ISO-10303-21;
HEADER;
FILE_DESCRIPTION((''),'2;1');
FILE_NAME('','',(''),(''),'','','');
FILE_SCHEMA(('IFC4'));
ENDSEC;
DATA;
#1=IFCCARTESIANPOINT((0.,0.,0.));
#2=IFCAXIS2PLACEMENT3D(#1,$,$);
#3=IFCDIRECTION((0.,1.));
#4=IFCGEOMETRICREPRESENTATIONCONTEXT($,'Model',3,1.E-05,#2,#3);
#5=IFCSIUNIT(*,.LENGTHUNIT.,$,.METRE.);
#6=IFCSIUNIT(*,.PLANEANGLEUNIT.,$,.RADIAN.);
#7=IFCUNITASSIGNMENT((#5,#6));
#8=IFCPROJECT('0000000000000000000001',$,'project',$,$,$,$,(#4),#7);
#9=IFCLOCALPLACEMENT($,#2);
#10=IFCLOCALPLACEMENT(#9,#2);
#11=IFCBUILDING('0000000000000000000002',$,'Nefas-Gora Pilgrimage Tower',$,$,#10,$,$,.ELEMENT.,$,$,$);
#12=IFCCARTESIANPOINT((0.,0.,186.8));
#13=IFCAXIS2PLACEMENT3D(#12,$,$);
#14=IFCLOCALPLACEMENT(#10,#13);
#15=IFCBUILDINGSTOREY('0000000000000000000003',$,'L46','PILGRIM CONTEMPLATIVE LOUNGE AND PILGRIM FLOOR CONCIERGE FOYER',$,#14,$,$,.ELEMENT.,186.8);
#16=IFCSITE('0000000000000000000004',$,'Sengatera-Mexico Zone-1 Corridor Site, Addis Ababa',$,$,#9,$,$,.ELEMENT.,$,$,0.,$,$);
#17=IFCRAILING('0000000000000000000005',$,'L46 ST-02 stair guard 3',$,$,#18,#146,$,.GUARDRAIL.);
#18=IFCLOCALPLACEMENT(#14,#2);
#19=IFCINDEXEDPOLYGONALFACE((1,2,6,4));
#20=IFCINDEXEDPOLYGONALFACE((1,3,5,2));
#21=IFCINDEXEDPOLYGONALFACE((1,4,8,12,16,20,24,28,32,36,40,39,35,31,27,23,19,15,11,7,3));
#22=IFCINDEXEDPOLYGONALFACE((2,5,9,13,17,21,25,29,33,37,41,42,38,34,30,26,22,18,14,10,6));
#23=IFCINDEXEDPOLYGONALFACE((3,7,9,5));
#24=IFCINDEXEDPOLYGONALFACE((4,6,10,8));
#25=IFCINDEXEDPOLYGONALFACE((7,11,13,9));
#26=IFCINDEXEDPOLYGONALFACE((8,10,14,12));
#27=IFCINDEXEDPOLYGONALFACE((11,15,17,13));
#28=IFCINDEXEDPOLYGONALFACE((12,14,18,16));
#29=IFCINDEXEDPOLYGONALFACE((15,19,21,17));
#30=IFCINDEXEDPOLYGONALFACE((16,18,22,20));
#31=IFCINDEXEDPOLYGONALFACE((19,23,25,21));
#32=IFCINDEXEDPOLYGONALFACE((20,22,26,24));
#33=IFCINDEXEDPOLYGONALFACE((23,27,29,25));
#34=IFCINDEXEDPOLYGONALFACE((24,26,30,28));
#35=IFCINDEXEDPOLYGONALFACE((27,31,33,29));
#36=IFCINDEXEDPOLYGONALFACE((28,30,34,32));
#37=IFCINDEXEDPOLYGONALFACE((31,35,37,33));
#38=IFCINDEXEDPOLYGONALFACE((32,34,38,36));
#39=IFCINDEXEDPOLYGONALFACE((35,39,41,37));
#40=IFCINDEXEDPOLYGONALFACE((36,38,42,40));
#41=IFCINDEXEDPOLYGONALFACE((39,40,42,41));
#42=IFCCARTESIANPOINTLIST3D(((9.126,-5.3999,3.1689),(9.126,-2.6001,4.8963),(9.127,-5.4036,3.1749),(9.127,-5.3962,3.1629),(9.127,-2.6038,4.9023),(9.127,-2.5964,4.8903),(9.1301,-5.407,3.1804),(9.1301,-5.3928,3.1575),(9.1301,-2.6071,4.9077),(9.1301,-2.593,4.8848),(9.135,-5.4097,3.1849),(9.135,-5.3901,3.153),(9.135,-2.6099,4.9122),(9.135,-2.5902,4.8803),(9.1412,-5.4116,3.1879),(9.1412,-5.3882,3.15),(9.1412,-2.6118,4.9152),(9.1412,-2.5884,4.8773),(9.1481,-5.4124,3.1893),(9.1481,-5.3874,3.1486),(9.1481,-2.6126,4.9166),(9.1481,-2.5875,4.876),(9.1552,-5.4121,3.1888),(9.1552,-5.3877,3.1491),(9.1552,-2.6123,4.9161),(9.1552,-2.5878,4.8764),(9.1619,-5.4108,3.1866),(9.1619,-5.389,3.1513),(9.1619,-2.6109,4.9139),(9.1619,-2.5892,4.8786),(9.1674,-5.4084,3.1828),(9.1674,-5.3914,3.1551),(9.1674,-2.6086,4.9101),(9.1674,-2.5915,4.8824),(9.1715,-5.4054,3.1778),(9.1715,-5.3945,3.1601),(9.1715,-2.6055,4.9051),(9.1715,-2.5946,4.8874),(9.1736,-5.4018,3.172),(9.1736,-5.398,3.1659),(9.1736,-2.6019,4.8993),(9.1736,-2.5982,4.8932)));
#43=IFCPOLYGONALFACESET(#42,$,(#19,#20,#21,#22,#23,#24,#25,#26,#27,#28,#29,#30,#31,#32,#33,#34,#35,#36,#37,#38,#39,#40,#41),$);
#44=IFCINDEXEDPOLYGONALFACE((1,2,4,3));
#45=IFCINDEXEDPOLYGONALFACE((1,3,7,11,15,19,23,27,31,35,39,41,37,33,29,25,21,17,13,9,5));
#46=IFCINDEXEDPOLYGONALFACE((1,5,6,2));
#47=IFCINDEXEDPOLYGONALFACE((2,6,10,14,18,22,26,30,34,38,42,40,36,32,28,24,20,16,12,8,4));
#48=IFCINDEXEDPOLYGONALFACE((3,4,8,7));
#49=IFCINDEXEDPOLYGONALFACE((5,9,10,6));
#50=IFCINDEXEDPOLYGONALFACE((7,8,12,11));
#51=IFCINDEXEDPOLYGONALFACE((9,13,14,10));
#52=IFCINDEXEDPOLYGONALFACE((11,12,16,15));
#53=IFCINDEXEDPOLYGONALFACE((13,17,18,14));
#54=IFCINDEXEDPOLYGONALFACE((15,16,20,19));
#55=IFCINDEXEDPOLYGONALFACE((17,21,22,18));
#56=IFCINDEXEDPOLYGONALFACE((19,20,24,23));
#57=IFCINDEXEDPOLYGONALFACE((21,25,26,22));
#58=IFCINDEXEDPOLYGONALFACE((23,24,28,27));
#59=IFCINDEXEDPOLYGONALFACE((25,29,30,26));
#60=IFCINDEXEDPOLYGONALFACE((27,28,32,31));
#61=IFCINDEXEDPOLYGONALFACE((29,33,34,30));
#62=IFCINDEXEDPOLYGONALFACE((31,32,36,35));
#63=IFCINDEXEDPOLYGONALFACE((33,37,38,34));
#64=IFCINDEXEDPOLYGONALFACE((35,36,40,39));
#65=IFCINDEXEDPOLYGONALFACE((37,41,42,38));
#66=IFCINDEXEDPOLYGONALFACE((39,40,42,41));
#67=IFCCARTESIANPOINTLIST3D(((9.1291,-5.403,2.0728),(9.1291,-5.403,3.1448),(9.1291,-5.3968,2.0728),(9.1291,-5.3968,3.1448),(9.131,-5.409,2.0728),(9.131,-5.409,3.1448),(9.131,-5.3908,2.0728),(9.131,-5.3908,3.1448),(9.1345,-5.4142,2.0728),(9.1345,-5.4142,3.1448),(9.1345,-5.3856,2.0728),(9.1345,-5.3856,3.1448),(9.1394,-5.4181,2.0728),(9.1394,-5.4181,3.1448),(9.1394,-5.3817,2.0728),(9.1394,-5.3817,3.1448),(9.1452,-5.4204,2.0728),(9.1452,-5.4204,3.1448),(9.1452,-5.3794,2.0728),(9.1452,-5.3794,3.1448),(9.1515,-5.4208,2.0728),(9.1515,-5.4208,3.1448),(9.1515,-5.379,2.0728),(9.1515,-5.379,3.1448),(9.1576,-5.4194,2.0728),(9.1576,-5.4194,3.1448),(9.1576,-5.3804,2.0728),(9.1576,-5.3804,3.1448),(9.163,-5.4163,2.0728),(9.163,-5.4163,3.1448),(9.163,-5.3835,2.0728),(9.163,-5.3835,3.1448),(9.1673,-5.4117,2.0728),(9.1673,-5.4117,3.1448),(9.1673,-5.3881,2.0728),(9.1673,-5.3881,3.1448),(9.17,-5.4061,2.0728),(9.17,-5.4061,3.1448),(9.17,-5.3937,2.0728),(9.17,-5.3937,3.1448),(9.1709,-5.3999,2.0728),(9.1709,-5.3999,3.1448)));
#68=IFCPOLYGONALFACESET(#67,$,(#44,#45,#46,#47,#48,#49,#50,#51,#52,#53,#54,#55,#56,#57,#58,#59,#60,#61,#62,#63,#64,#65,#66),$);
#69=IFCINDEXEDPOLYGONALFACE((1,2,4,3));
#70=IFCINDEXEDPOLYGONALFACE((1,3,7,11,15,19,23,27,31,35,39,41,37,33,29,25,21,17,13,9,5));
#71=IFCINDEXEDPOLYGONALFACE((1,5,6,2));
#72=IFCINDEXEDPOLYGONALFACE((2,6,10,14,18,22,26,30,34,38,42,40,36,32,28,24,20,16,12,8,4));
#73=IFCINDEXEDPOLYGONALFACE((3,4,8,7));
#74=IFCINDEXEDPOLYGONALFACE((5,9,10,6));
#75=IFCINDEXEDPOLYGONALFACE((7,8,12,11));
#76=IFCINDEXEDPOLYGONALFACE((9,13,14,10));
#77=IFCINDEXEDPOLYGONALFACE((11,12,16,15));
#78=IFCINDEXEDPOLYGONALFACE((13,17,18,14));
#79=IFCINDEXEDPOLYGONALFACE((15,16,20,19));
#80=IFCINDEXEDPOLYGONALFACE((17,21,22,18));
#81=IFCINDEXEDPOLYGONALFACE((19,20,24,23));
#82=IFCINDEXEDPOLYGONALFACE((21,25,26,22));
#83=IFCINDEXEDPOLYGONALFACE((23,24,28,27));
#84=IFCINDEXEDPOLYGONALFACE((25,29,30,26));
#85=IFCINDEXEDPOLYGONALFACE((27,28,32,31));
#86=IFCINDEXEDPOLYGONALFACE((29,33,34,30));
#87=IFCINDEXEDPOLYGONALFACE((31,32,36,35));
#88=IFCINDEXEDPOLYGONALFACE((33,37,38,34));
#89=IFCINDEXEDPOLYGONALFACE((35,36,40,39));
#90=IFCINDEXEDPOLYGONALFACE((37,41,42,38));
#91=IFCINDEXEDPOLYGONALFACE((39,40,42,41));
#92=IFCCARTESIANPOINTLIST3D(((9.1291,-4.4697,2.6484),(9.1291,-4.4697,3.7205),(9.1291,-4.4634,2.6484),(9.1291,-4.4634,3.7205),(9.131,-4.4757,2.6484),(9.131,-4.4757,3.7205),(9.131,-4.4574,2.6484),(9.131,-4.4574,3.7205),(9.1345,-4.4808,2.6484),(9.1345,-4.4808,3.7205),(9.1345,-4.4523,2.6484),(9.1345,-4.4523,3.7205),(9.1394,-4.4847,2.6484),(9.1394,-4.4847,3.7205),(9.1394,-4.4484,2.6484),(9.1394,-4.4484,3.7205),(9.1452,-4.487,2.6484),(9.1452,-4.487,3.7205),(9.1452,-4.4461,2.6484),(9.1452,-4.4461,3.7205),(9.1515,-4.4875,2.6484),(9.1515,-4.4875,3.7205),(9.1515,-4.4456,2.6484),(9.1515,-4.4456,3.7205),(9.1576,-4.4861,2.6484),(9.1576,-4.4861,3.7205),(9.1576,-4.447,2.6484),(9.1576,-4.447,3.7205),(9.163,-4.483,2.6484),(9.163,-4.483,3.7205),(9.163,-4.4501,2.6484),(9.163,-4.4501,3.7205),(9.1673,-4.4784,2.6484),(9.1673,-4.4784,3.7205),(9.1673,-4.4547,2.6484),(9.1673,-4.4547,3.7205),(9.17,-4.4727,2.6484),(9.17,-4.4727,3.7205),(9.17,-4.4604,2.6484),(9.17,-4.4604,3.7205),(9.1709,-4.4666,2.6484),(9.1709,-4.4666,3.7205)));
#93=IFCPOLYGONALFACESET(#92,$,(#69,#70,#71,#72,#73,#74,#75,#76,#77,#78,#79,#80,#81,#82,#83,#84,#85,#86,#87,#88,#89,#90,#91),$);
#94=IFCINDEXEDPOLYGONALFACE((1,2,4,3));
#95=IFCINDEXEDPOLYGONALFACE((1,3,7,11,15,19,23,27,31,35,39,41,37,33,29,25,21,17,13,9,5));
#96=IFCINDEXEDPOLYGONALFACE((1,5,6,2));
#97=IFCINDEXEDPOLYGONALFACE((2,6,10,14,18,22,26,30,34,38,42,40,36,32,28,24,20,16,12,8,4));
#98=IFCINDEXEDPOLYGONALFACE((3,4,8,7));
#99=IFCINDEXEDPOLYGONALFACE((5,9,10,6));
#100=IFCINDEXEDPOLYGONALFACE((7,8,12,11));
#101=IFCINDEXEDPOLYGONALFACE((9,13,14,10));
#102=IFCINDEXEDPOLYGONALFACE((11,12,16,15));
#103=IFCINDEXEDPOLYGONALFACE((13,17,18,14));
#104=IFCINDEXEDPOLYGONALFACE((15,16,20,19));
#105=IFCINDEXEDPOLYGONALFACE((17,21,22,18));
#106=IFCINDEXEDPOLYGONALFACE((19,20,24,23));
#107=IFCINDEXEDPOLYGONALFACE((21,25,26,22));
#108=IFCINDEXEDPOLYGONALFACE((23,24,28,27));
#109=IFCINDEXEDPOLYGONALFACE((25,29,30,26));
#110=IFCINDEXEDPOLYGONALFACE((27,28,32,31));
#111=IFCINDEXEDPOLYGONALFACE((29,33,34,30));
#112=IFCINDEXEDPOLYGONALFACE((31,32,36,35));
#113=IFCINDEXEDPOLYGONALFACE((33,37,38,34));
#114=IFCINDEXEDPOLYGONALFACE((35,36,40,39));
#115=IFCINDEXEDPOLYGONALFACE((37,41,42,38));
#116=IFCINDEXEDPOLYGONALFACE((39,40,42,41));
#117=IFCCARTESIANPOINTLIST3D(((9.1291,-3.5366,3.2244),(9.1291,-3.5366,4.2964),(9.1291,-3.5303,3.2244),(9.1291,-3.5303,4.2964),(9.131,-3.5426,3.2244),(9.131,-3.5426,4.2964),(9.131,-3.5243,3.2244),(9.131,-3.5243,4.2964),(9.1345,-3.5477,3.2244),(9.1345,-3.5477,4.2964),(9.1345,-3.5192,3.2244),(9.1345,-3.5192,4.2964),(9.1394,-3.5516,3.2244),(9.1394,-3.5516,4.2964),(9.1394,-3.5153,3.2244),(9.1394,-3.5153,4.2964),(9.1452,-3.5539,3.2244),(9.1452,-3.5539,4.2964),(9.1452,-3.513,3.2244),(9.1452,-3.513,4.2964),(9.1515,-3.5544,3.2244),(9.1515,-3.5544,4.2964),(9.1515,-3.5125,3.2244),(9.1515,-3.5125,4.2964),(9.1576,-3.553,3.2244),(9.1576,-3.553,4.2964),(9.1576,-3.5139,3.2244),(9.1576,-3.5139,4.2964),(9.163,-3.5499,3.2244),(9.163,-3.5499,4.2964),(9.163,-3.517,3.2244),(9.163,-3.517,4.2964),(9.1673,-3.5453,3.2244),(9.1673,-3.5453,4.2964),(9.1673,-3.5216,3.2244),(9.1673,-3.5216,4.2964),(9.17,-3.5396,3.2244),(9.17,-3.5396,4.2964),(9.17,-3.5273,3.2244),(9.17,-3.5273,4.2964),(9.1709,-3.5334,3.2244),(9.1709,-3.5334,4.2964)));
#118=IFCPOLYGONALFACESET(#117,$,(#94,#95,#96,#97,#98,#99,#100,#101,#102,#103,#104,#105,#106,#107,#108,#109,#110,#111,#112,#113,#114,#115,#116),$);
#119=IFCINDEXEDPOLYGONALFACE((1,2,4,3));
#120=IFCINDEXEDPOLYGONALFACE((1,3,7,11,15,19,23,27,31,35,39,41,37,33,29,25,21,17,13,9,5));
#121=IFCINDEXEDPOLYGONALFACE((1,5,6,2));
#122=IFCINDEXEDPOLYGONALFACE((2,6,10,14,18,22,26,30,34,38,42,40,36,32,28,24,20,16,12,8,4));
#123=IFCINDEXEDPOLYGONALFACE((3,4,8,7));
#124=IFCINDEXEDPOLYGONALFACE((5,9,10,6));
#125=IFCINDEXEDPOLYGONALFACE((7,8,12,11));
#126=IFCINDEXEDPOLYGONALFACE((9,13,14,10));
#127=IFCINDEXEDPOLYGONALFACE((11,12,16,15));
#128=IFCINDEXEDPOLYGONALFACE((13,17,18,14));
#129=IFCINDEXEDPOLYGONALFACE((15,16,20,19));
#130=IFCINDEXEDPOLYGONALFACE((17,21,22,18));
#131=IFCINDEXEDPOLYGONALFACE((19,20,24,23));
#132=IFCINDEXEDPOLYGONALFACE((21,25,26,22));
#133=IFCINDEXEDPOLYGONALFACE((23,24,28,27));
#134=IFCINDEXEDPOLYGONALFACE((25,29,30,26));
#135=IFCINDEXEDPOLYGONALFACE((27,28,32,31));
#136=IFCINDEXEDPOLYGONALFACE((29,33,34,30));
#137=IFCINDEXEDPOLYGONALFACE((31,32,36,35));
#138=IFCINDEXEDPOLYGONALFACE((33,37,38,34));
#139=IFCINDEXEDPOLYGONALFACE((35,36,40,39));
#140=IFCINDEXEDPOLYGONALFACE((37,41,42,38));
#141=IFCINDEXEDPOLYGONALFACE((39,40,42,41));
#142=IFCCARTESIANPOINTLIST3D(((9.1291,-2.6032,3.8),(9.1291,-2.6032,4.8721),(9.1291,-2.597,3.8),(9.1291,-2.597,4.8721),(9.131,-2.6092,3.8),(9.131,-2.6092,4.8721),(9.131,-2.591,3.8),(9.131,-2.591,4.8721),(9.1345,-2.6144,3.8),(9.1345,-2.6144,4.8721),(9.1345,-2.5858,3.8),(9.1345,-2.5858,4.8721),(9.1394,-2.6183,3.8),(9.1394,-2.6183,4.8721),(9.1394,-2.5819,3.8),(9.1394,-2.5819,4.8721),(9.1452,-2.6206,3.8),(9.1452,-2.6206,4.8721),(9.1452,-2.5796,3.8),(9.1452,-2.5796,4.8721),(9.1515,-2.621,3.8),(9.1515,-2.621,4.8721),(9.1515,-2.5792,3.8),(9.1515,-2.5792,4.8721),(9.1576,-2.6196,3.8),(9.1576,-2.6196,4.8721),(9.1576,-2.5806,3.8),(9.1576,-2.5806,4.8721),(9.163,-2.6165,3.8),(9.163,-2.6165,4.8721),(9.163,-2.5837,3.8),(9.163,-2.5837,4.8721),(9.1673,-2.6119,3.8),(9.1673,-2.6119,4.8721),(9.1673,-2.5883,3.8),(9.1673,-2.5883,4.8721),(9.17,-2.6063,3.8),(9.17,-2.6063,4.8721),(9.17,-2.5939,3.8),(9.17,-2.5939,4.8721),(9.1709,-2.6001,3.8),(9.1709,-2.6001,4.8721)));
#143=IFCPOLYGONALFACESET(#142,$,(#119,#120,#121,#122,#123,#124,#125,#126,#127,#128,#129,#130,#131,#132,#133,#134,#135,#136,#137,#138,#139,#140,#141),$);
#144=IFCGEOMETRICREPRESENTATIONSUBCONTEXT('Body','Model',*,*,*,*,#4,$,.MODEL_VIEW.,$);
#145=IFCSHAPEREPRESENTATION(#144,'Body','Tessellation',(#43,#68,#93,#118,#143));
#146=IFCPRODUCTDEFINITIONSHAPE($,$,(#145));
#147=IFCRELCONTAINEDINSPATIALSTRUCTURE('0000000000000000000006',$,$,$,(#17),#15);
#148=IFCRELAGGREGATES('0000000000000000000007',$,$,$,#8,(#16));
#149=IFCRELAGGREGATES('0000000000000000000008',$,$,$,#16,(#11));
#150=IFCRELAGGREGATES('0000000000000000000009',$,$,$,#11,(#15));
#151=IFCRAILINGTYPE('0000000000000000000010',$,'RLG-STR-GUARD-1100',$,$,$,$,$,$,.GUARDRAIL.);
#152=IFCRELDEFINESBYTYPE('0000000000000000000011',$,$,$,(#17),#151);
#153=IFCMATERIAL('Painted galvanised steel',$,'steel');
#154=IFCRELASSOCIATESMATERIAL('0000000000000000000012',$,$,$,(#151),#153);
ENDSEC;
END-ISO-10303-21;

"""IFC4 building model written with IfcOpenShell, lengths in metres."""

from ifc_helpers import new_model, si_unit, direction, frame, origin, origin_2d, place, context, subcontext, project, spatial, circle, extrude, material, type_object, element, save


model = new_model("IFC4")

# Units and contexts
model_context = context("Model", 3, precision=1e-05, world=origin(), true_north=direction((0.0, 1.0)))
body_context = subcontext(model_context, "Body", "Model", "MODEL_VIEW")
ifc_project = project(units=[si_unit("LENGTHUNIT", "METRE"), si_unit("PLANEANGLEUNIT", "RADIAN")], contexts=[model_context])

# Site, building, storey
site_placement = place(None, origin())
site = spatial("IfcSite", under=ifc_project, at=site_placement, Name="Sengatera-Mexico Zone-1 Corridor Site, Addis Ababa", CompositionType="ELEMENT", RefElevation=0.0)
building_placement = place(site_placement, origin())
building = spatial("IfcBuilding", under=site, at=building_placement, Name="Nefas-Gora Pilgrimage Tower", CompositionType="ELEMENT")
storey_placement = place(building_placement, frame((0.0, 0.0, 186.8)))
storey = spatial("IfcBuildingStorey", under=building, at=storey_placement, Name="L46", Description="PILGRIM CONTEMPLATIVE LOUNGE AND PILGRIM FLOOR CONCIERGE FOYER", CompositionType="ELEMENT", Elevation=186.8)

# Railing
ifc_material_1 = material(Name="Painted galvanised steel", Category="steel")
railing_type_1 = type_object("IfcRailingType", Name="RLG-STR-GUARD-1100", PredefinedType="GUARDRAIL", material=ifc_material_1)
railing_1_placement = place(storey_placement, frame((9.1499, -5.3999, 2.0728)))
element("IfcRailing", 1, at=railing_1_placement, inside=storey, type_object=railing_type_1, Name="L46 ST-02 stair guard 3", PredefinedType="GUARDRAIL", context=body_context, shape_type="SweptSolid", body=[
    extrude(circle(Radius=0.0239, at=origin_2d()), frame((0.0, 0.0, 1.0962), z_axis=(0.0, 0.851069, 0.525054), x_axis=(-1.0, 0.0, 0.0)), (0.0, 0.0, 1.0), 3.2898),
    extrude(circle(Radius=0.021, at=origin_2d()), origin(), (0.0, 0.0, 1.0), 1.072),
    extrude(circle(Radius=0.021, at=origin_2d()), frame((0.0, 0.9333, 0.5757)), (0.0, 0.0, 1.0), 1.072),
    extrude(circle(Radius=0.021, at=origin_2d()), frame((0.0, 1.8665, 1.1516)), (0.0, 0.0, 1.0), 1.072),
    extrude(circle(Radius=0.021, at=origin_2d()), frame((0.0, 2.7998, 1.7273)), (0.0, 0.0, 1.0), 1.072),
])

save(model, "model.ifc")
